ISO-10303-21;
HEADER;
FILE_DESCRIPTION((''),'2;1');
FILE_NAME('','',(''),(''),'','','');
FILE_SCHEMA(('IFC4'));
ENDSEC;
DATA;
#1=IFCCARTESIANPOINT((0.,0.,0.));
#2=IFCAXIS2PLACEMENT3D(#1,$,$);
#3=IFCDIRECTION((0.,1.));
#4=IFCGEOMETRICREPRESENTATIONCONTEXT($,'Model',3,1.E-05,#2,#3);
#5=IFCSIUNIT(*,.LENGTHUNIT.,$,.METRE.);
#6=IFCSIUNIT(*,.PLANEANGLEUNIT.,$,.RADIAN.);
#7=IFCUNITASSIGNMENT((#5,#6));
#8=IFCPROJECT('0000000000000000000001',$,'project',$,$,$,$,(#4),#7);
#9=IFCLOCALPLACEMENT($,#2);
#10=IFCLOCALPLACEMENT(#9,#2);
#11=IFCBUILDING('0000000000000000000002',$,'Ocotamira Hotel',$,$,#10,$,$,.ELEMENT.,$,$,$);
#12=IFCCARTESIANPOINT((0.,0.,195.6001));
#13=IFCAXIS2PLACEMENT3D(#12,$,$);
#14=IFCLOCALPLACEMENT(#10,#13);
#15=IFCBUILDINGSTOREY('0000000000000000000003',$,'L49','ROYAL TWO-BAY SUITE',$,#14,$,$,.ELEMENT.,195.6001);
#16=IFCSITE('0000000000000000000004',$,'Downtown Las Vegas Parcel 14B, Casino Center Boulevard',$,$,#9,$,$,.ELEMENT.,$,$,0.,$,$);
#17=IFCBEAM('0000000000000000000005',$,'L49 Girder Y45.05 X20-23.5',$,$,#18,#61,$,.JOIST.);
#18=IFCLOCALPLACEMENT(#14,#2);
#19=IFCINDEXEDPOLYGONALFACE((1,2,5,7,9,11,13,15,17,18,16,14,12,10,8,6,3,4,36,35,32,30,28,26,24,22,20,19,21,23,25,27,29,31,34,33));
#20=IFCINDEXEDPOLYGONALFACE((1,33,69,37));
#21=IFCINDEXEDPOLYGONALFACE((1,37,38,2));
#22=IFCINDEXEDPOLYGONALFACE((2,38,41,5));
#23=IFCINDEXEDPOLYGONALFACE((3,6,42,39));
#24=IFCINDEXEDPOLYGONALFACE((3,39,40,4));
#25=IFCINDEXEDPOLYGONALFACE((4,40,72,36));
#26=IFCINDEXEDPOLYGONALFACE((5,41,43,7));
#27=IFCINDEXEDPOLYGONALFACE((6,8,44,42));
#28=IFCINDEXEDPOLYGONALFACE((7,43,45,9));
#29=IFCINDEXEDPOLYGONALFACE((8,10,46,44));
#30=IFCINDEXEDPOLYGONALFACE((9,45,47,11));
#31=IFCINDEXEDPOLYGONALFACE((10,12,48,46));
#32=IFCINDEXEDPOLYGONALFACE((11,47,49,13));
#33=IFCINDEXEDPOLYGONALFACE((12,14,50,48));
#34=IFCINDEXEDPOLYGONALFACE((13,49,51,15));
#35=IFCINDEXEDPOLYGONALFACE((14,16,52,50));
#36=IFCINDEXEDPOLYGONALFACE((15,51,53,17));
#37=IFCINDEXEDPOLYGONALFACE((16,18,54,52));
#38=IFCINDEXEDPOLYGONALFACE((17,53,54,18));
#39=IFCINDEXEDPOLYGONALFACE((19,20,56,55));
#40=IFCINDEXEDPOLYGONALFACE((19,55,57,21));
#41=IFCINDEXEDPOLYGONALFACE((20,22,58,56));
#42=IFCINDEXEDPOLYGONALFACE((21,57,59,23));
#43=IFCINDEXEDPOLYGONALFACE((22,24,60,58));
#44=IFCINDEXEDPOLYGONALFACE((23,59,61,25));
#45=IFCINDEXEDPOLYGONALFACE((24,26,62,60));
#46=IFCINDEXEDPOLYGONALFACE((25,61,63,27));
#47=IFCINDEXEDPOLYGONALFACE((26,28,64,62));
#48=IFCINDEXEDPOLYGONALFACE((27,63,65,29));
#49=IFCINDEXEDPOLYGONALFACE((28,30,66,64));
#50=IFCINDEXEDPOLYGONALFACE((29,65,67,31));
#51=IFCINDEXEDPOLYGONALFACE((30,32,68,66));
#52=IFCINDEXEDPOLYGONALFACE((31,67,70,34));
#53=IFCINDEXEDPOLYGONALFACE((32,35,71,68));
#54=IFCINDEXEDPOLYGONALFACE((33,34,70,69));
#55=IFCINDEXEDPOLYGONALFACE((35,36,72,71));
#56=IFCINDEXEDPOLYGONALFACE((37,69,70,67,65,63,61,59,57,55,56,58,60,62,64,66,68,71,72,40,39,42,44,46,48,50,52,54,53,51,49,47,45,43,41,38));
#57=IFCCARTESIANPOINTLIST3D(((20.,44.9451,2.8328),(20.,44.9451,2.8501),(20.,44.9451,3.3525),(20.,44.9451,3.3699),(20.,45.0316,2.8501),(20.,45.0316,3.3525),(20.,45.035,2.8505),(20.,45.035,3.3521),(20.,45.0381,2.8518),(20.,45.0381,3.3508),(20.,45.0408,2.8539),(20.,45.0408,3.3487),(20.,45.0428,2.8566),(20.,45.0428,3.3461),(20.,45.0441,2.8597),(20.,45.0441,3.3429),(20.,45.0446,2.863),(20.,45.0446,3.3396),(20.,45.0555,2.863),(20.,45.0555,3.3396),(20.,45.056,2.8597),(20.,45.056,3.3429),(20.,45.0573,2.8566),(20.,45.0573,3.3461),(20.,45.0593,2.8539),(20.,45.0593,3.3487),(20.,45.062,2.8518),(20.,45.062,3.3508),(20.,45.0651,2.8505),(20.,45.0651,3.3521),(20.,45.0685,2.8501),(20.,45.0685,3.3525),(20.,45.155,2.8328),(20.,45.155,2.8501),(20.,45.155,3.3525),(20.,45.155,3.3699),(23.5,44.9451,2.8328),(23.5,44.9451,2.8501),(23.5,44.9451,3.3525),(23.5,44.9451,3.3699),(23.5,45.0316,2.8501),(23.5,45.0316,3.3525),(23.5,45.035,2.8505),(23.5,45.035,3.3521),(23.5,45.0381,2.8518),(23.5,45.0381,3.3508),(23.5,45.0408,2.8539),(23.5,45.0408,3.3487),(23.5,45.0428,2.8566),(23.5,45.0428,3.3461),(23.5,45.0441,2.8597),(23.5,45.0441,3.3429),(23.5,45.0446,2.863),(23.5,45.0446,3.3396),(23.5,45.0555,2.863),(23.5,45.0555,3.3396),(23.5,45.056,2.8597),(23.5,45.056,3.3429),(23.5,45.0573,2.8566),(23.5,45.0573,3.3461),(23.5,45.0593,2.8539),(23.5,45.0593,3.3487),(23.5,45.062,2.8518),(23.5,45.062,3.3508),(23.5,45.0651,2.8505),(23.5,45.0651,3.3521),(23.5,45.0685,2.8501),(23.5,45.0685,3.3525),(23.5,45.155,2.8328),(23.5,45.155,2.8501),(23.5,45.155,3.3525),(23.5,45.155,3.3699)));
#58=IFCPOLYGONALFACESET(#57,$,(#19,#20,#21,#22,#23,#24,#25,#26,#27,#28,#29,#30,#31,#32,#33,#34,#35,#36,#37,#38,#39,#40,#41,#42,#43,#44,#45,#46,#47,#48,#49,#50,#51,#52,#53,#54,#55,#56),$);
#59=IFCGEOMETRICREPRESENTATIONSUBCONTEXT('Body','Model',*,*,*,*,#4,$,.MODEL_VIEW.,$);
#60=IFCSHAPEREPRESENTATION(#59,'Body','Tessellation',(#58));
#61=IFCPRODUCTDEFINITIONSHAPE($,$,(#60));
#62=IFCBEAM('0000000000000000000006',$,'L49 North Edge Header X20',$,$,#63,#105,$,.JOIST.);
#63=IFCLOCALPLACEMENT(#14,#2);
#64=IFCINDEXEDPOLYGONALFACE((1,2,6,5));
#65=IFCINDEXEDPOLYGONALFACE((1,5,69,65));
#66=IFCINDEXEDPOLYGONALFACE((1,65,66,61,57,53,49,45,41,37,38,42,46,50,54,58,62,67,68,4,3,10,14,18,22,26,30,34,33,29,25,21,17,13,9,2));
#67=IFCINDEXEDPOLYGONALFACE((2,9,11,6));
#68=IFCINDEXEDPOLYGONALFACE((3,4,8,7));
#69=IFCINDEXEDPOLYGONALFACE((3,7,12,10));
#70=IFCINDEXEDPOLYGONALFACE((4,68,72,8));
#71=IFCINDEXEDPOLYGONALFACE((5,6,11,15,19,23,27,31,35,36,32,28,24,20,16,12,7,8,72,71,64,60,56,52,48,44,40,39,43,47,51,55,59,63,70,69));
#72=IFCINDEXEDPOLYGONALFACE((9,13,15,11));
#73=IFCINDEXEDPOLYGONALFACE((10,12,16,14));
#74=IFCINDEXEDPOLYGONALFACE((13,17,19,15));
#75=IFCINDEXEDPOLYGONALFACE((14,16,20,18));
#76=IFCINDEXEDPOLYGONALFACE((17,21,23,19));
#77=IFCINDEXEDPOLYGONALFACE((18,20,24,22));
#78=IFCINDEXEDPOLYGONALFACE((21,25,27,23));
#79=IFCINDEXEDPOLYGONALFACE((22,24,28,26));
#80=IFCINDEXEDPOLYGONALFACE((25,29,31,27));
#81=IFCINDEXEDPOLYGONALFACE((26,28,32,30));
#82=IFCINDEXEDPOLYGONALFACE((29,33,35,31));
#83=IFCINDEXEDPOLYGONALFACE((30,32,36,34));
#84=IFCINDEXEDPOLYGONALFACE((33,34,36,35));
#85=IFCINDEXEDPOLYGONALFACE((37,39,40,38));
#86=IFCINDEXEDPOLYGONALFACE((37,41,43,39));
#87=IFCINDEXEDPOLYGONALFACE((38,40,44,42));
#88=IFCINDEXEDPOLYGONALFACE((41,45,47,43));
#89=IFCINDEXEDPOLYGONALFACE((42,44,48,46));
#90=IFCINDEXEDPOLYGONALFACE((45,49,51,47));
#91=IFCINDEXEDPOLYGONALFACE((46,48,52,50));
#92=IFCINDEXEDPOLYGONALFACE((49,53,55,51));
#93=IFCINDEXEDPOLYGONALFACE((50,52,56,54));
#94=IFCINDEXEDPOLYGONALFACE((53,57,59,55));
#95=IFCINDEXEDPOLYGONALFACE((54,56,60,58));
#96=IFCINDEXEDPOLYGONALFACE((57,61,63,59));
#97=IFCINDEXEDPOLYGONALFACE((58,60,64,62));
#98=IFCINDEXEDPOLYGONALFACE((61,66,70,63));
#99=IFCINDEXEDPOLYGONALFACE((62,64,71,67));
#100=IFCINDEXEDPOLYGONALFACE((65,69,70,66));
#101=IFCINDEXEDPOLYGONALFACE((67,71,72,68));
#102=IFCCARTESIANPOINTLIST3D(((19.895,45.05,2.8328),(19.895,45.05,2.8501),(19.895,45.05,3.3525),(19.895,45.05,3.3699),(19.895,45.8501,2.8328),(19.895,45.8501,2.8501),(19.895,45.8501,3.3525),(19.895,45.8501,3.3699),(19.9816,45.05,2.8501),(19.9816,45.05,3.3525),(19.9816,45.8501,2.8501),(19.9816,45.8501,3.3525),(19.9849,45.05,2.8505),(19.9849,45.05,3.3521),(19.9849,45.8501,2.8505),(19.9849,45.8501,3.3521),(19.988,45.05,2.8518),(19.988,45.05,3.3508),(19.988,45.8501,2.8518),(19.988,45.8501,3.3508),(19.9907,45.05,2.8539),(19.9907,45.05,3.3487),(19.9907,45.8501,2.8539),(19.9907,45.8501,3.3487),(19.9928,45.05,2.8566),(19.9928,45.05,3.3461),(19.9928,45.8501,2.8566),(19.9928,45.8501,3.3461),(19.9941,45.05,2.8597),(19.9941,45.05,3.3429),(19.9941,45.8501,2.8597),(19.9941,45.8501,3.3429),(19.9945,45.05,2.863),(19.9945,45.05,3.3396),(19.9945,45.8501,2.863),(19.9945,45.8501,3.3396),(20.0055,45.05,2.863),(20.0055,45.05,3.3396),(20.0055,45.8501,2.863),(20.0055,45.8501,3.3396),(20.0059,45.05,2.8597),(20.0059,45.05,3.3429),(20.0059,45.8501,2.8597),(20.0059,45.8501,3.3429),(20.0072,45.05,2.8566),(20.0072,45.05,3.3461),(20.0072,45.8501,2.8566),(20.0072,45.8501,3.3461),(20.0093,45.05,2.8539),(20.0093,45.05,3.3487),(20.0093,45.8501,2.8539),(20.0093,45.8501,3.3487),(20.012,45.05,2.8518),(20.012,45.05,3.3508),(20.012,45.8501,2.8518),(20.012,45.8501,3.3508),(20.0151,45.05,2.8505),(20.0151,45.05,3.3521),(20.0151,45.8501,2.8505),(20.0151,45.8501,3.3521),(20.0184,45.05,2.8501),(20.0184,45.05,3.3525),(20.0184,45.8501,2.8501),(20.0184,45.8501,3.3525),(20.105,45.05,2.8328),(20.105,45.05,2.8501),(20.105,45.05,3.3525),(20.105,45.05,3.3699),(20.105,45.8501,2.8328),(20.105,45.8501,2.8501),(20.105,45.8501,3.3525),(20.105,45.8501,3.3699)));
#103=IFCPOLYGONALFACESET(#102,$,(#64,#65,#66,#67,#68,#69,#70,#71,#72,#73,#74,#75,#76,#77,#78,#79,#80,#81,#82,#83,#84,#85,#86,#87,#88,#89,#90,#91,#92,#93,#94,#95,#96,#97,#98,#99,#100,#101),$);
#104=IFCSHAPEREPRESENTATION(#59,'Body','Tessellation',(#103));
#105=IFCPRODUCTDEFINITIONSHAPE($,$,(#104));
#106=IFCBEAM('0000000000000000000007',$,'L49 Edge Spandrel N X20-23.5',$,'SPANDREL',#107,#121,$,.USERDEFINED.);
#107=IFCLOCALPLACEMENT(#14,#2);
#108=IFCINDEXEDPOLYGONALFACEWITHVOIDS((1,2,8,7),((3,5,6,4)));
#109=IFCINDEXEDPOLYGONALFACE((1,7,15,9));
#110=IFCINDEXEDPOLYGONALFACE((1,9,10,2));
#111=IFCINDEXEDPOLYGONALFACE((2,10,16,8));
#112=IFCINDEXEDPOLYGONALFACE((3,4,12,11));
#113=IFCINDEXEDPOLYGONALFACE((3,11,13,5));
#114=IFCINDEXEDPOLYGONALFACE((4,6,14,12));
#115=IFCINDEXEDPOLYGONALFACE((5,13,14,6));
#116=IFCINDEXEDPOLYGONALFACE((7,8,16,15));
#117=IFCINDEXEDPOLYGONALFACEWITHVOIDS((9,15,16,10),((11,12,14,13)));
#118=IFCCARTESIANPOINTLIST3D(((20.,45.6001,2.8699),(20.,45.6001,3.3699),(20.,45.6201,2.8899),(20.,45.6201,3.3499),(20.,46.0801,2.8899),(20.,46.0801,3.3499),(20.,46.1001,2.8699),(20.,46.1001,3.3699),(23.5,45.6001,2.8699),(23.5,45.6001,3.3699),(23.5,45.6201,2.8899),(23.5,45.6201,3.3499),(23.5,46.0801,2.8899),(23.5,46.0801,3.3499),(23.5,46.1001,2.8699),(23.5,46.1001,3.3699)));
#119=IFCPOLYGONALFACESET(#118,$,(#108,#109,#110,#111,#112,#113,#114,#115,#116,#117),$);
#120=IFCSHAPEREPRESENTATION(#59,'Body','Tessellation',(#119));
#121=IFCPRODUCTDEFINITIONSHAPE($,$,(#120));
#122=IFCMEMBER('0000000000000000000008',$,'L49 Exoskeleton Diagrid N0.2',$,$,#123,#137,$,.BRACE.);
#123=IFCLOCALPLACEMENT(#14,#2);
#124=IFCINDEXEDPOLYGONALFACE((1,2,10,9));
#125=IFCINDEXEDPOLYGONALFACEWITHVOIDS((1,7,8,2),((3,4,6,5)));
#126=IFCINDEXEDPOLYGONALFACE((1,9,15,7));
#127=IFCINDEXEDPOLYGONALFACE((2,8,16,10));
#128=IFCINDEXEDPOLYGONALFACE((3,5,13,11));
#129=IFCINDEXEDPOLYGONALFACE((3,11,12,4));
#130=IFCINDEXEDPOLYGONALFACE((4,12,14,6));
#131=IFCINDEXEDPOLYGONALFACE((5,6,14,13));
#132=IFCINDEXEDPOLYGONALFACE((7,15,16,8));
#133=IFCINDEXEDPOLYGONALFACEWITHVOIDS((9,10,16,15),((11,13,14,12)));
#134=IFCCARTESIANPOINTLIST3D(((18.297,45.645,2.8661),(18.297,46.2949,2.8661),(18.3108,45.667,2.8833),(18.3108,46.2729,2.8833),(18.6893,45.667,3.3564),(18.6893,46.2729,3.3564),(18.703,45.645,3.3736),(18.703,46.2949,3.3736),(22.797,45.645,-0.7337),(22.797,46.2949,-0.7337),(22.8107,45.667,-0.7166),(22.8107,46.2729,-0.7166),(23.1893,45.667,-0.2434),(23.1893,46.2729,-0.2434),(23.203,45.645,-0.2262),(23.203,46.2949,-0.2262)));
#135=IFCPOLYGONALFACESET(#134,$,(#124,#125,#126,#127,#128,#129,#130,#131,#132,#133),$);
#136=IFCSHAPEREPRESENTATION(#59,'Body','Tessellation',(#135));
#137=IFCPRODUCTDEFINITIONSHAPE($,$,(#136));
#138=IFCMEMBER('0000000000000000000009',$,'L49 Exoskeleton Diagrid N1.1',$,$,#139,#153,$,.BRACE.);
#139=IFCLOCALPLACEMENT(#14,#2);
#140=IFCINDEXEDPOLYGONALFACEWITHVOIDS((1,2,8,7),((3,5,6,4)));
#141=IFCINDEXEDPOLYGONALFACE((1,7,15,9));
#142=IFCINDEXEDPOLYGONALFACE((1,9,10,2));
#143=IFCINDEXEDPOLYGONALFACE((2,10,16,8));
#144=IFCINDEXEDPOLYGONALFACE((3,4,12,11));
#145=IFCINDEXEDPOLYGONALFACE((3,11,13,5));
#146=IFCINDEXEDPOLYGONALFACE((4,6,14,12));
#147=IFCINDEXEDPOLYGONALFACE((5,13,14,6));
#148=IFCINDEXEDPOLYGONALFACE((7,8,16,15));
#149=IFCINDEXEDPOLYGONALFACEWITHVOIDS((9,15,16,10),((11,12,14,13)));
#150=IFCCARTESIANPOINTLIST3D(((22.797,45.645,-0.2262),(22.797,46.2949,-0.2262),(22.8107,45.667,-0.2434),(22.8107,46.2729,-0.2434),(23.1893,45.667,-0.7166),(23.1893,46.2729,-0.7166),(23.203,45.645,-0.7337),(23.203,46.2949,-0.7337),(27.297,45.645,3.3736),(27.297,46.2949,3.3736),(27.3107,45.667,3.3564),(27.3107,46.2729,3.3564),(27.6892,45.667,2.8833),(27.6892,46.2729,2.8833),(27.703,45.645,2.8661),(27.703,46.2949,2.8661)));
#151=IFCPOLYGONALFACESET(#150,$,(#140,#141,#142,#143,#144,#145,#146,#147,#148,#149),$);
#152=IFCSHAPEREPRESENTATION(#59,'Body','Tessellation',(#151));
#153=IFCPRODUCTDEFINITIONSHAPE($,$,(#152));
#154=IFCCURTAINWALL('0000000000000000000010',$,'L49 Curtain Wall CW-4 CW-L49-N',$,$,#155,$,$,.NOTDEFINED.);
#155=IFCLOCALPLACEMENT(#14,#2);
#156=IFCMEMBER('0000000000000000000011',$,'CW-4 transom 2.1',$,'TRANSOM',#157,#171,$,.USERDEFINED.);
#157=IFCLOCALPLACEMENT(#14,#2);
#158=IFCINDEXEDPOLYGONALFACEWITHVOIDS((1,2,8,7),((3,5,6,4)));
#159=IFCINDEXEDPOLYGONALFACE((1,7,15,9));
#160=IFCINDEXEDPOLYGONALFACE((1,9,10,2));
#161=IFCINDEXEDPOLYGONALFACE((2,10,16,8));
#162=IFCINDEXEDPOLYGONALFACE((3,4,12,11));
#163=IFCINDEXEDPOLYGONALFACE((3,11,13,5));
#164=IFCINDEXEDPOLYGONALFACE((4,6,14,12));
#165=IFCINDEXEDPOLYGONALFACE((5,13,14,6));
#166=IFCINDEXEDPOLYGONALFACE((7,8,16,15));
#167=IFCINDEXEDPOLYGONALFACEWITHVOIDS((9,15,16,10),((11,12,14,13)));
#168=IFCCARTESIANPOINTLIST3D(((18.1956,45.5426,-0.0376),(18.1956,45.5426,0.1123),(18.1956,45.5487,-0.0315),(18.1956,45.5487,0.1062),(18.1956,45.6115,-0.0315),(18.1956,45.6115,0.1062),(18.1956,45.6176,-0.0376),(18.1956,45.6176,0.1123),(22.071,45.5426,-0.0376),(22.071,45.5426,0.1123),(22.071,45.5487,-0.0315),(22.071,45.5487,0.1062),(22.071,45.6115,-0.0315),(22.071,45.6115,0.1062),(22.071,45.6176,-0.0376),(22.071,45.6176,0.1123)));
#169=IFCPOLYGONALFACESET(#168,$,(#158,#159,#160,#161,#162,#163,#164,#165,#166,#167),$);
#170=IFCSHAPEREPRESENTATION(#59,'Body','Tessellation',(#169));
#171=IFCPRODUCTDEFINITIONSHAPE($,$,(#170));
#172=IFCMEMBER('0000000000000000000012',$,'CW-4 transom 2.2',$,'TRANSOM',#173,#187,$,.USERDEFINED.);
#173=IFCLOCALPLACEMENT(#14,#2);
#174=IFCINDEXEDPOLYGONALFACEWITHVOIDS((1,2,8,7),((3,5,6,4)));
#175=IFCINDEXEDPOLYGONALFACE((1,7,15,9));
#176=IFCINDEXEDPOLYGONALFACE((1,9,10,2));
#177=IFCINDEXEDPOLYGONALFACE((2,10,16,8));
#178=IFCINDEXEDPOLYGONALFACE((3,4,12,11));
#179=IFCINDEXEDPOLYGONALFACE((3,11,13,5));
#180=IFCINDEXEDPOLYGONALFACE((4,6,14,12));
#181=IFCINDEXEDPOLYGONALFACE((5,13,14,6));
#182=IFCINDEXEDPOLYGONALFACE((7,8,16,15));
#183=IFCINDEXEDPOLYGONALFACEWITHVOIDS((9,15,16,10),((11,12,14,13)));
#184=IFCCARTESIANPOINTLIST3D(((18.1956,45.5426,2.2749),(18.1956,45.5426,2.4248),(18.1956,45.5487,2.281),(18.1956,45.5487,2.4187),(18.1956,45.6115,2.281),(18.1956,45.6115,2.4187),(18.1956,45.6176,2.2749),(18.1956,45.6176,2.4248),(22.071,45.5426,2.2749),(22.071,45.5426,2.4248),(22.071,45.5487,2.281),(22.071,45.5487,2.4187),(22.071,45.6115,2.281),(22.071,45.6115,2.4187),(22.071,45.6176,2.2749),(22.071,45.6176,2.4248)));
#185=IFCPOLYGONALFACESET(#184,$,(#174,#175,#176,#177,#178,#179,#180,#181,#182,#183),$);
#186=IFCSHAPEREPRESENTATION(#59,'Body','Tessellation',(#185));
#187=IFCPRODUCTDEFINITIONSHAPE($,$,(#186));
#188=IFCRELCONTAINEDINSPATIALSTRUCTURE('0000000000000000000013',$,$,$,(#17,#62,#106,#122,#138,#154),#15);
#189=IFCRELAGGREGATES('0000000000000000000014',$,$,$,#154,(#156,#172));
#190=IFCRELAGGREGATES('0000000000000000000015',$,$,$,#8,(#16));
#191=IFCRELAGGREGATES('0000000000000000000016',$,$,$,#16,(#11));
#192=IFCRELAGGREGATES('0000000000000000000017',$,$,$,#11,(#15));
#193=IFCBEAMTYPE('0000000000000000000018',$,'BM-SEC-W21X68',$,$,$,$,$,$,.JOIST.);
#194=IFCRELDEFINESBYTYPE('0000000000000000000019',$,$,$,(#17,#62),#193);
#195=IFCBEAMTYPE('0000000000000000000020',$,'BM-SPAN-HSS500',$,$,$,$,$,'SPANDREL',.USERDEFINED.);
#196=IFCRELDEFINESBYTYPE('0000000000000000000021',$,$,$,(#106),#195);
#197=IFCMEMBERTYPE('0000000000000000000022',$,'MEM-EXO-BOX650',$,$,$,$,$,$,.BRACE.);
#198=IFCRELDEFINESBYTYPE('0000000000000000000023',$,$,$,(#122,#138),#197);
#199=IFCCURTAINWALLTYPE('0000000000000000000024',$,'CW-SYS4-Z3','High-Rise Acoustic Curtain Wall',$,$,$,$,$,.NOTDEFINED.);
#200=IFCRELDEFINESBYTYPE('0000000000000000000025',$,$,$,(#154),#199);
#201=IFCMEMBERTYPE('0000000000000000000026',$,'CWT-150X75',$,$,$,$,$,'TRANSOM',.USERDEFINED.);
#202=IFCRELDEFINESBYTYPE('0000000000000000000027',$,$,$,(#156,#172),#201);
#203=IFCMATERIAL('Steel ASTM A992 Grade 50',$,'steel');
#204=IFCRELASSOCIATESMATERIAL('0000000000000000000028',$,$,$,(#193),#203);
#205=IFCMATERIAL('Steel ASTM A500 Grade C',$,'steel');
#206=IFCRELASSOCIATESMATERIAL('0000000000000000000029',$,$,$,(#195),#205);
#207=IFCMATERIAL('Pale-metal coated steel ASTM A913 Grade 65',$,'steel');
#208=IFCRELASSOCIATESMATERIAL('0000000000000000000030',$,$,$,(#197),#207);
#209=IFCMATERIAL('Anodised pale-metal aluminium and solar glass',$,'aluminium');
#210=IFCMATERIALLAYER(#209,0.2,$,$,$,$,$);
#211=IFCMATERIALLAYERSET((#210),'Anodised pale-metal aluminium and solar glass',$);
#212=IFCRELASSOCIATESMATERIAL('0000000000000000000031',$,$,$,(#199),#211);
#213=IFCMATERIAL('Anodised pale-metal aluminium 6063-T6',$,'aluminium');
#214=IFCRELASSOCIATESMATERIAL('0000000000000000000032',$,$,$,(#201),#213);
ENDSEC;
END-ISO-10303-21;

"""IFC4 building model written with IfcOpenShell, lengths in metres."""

from ifc_helpers import new_model, si_unit, direction, frame, origin, origin_2d, place, context, subcontext, project, spatial, hollow_rectangle, i_section, extrude, source, transform, mapped, material, layer, layer_set, material_profile, profile_set, type_object, element, aggregate, save


model = new_model("IFC4")

# Units and contexts
model_context = context("Model", 3, precision=1e-05, world=origin(), true_north=direction((0.0, 1.0)))
body_context = subcontext(model_context, "Body", "Model", "MODEL_VIEW")
ifc_project = project(units=[si_unit("LENGTHUNIT", "METRE"), si_unit("PLANEANGLEUNIT", "RADIAN")], contexts=[model_context])

# Site, building, storey
site_placement = place(None, origin())
site = spatial("IfcSite", under=ifc_project, at=site_placement, Name="Downtown Las Vegas Parcel 14B, Casino Center Boulevard", CompositionType="ELEMENT", RefElevation=0.0)
building_placement = place(site_placement, origin())
building = spatial("IfcBuilding", under=site, at=building_placement, Name="Ocotamira Hotel", CompositionType="ELEMENT")
storey_placement = place(building_placement, frame((0.0, 0.0, 195.6001)))
storey = spatial("IfcBuildingStorey", under=building, at=storey_placement, Name="L49", Description="ROYAL TWO-BAY SUITE", CompositionType="ELEMENT", Elevation=195.6001)

# Beams
ifc_material_1 = material(Name="Steel ASTM A992 Grade 50", Category="steel")
ifc_material_profile_1 = material_profile(ifc_material_1, i_section(OverallWidth=0.21, OverallDepth=0.5371, WebThickness=0.011, FlangeThickness=0.0173, FilletRadius=0.0129, at=origin_2d()), Name="W21X68")
ifc_profile_set_1 = profile_set([ifc_material_profile_1], Name="Steel ASTM A992 Grade 50")
beam_type_1 = type_object("IfcBeamType", Name="BM-SEC-W21X68", PredefinedType="JOIST", material=ifc_profile_set_1)
shared_shape_1 = source(origin(), body_context, "Body", "SweptSolid", [
    extrude(i_section(OverallWidth=0.21, OverallDepth=0.5371, WebThickness=0.011, FlangeThickness=0.0173, FilletRadius=0.0129, at=origin_2d()), origin(), (0.0, 0.0, 1.0), 3.5),
])
beam_1_placement = place(storey_placement, frame((20.0, 45.05, 3.1013), z_axis=(1.0, 0.0, 0.0), x_axis=(0.0, 1.0, 0.0)))
element("IfcBeam", 1, at=beam_1_placement, inside=storey, type_object=beam_type_1, Name="L49 Girder Y45.05 X20-23.5", PredefinedType="JOIST", context=body_context, shape_type="MappedRepresentation", body=[
    mapped(shared_shape_1, transform((0.0, 0.0, 0.0), scale=1.0)),
])
shared_shape_2 = source(origin(), body_context, "Body", "SweptSolid", [
    extrude(i_section(OverallWidth=0.21, OverallDepth=0.5371, WebThickness=0.011, FlangeThickness=0.0173, FilletRadius=0.0129, at=origin_2d()), origin(), (0.0, 0.0, 1.0), 0.8),
])
beam_2_placement = place(storey_placement, frame((20.0, 45.05, 3.1013), z_axis=(0.0, 1.0, 0.0), x_axis=(-1.0, 0.0, 0.0)))
element("IfcBeam", 2, at=beam_2_placement, inside=storey, type_object=beam_type_1, Name="L49 North Edge Header X20", PredefinedType="JOIST", context=body_context, shape_type="MappedRepresentation", body=[
    mapped(shared_shape_2, transform((0.0, 0.0, 0.0), scale=1.0)),
])
ifc_material_2 = material(Name="Steel ASTM A500 Grade C", Category="steel")
ifc_material_profile_2 = material_profile(ifc_material_2, hollow_rectangle(XDim=0.5, YDim=0.5, WallThickness=0.02, at=origin_2d()), Name="HSS500X500X20")
ifc_profile_set_2 = profile_set([ifc_material_profile_2], Name="Steel ASTM A500 Grade C")
beam_type_2 = type_object("IfcBeamType", Name="BM-SPAN-HSS500", ElementType="SPANDREL", PredefinedType="USERDEFINED", material=ifc_profile_set_2)
shared_shape_3 = source(origin(), body_context, "Body", "SweptSolid", [
    extrude(hollow_rectangle(XDim=0.5, YDim=0.5, WallThickness=0.02, at=origin_2d()), origin(), (0.0, 0.0, 1.0), 3.5),
])
beam_3_placement = place(storey_placement, frame((20.0, 45.8501, 3.1199), z_axis=(1.0, 0.0, 0.0), x_axis=(0.0, 1.0, 0.0)))
element("IfcBeam", 3, at=beam_3_placement, inside=storey, type_object=beam_type_2, Name="L49 Edge Spandrel N X20-23.5", ObjectType="SPANDREL", PredefinedType="USERDEFINED", context=body_context, shape_type="MappedRepresentation", body=[
    mapped(shared_shape_3, transform((0.0, 0.0, 0.0), scale=1.0)),
])

# Members
ifc_material_3 = material(Name="Pale-metal coated steel ASTM A913 Grade 65", Category="steel")
ifc_material_profile_3 = material_profile(ifc_material_3, hollow_rectangle(XDim=0.6499, YDim=0.6499, WallThickness=0.022, at=origin_2d()), Name="BOX650X650X22")
ifc_profile_set_3 = profile_set([ifc_material_profile_3], Name="Pale-metal coated steel ASTM A913 Grade 65")
member_type_1 = type_object("IfcMemberType", Name="MEM-EXO-BOX650", PredefinedType="BRACE", material=ifc_profile_set_3)
shared_shape_4 = source(origin(), body_context, "Body", "SweptSolid", [
    extrude(hollow_rectangle(XDim=0.6499, YDim=0.6499, WallThickness=0.022, at=origin_2d()), origin(), (0.0, 0.0, 1.0), 5.7627),
])
for number, where, z_axis, x_axis, name in (
    (4, (23.0, 45.97, -0.48), (-0.780881, 0.0, 0.62468), (0.0, -1.0, 0.0), "L49 Exoskeleton Diagrid N0.2"),
    (5, (23.0, 45.97, -0.48), (0.780881, 0.0, 0.62468), (0.0, 1.0, 0.0), "L49 Exoskeleton Diagrid N1.1"),
):
    element("IfcMember", number, at=place(storey_placement, frame(where, z_axis=z_axis, x_axis=x_axis)), inside=storey, type_object=member_type_1, Name=name, PredefinedType="BRACE", context=body_context, shape_type="MappedRepresentation", body=[
        mapped(shared_shape_4, transform((0.0, 0.0, 0.0), scale=1.0)),
    ])

# Curtain wall, members
ifc_material_4 = material(Name="Anodised pale-metal aluminium and solar glass", Category="aluminium")
ifc_layer_1 = layer(ifc_material_4, 0.2)
ifc_layer_set_1 = layer_set([ifc_layer_1], Name="Anodised pale-metal aluminium and solar glass")
curtain_wall_type = type_object("IfcCurtainWallType", Name="CW-SYS4-Z3", Description="High-Rise Acoustic Curtain Wall", PredefinedType="NOTDEFINED", material=ifc_layer_set_1)
curtain_wall_placement = place(storey_placement, origin())
curtain_wall = element("IfcCurtainWall", 6, at=curtain_wall_placement, inside=storey, type_object=curtain_wall_type, Name="L49 Curtain Wall CW-4 CW-L49-N", PredefinedType="NOTDEFINED")
ifc_material_5 = material(Name="Anodised pale-metal aluminium 6063-T6", Category="aluminium")
ifc_material_profile_4 = material_profile(ifc_material_5, hollow_rectangle(XDim=0.075, YDim=0.1499, WallThickness=0.0061, at=origin_2d()), Name="HSS150X75X6")
ifc_profile_set_4 = profile_set([ifc_material_profile_4], Name="Anodised pale-metal aluminium 6063-T6")
member_type_2 = type_object("IfcMemberType", Name="CWT-150X75", ElementType="TRANSOM", PredefinedType="USERDEFINED", material=ifc_profile_set_4)
shared_shape_5 = source(origin(), body_context, "Body", "SweptSolid", [
    extrude(hollow_rectangle(XDim=0.075, YDim=0.1499, WallThickness=0.0061, at=origin_2d()), origin(), (0.0, 0.0, 1.0), 3.8755),
])
member_1_placement = place(storey_placement, frame((18.1956, 45.5801, 0.0374), z_axis=(1.0, 0.0, 0.0), x_axis=(0.0, 1.0, 0.0)))
member_1 = element("IfcMember", 7, at=member_1_placement, type_object=member_type_2, Name="CW-4 transom 2.1", ObjectType="TRANSOM", PredefinedType="USERDEFINED", context=body_context, shape_type="MappedRepresentation", body=[
    mapped(shared_shape_5, transform((0.0, 0.0, 0.0), scale=1.0)),
])
member_2_placement = place(storey_placement, frame((18.1956, 45.5801, 2.3499), z_axis=(1.0, 0.0, 0.0), x_axis=(0.0, 1.0, 0.0)))
member_2 = element("IfcMember", 8, at=member_2_placement, type_object=member_type_2, Name="CW-4 transom 2.2", ObjectType="TRANSOM", PredefinedType="USERDEFINED", context=body_context, shape_type="MappedRepresentation", body=[
    mapped(shared_shape_5, transform((0.0, 0.0, 0.0), scale=1.0)),
])

aggregate(curtain_wall, [member_1, member_2])

save(model, "model.ifc")
